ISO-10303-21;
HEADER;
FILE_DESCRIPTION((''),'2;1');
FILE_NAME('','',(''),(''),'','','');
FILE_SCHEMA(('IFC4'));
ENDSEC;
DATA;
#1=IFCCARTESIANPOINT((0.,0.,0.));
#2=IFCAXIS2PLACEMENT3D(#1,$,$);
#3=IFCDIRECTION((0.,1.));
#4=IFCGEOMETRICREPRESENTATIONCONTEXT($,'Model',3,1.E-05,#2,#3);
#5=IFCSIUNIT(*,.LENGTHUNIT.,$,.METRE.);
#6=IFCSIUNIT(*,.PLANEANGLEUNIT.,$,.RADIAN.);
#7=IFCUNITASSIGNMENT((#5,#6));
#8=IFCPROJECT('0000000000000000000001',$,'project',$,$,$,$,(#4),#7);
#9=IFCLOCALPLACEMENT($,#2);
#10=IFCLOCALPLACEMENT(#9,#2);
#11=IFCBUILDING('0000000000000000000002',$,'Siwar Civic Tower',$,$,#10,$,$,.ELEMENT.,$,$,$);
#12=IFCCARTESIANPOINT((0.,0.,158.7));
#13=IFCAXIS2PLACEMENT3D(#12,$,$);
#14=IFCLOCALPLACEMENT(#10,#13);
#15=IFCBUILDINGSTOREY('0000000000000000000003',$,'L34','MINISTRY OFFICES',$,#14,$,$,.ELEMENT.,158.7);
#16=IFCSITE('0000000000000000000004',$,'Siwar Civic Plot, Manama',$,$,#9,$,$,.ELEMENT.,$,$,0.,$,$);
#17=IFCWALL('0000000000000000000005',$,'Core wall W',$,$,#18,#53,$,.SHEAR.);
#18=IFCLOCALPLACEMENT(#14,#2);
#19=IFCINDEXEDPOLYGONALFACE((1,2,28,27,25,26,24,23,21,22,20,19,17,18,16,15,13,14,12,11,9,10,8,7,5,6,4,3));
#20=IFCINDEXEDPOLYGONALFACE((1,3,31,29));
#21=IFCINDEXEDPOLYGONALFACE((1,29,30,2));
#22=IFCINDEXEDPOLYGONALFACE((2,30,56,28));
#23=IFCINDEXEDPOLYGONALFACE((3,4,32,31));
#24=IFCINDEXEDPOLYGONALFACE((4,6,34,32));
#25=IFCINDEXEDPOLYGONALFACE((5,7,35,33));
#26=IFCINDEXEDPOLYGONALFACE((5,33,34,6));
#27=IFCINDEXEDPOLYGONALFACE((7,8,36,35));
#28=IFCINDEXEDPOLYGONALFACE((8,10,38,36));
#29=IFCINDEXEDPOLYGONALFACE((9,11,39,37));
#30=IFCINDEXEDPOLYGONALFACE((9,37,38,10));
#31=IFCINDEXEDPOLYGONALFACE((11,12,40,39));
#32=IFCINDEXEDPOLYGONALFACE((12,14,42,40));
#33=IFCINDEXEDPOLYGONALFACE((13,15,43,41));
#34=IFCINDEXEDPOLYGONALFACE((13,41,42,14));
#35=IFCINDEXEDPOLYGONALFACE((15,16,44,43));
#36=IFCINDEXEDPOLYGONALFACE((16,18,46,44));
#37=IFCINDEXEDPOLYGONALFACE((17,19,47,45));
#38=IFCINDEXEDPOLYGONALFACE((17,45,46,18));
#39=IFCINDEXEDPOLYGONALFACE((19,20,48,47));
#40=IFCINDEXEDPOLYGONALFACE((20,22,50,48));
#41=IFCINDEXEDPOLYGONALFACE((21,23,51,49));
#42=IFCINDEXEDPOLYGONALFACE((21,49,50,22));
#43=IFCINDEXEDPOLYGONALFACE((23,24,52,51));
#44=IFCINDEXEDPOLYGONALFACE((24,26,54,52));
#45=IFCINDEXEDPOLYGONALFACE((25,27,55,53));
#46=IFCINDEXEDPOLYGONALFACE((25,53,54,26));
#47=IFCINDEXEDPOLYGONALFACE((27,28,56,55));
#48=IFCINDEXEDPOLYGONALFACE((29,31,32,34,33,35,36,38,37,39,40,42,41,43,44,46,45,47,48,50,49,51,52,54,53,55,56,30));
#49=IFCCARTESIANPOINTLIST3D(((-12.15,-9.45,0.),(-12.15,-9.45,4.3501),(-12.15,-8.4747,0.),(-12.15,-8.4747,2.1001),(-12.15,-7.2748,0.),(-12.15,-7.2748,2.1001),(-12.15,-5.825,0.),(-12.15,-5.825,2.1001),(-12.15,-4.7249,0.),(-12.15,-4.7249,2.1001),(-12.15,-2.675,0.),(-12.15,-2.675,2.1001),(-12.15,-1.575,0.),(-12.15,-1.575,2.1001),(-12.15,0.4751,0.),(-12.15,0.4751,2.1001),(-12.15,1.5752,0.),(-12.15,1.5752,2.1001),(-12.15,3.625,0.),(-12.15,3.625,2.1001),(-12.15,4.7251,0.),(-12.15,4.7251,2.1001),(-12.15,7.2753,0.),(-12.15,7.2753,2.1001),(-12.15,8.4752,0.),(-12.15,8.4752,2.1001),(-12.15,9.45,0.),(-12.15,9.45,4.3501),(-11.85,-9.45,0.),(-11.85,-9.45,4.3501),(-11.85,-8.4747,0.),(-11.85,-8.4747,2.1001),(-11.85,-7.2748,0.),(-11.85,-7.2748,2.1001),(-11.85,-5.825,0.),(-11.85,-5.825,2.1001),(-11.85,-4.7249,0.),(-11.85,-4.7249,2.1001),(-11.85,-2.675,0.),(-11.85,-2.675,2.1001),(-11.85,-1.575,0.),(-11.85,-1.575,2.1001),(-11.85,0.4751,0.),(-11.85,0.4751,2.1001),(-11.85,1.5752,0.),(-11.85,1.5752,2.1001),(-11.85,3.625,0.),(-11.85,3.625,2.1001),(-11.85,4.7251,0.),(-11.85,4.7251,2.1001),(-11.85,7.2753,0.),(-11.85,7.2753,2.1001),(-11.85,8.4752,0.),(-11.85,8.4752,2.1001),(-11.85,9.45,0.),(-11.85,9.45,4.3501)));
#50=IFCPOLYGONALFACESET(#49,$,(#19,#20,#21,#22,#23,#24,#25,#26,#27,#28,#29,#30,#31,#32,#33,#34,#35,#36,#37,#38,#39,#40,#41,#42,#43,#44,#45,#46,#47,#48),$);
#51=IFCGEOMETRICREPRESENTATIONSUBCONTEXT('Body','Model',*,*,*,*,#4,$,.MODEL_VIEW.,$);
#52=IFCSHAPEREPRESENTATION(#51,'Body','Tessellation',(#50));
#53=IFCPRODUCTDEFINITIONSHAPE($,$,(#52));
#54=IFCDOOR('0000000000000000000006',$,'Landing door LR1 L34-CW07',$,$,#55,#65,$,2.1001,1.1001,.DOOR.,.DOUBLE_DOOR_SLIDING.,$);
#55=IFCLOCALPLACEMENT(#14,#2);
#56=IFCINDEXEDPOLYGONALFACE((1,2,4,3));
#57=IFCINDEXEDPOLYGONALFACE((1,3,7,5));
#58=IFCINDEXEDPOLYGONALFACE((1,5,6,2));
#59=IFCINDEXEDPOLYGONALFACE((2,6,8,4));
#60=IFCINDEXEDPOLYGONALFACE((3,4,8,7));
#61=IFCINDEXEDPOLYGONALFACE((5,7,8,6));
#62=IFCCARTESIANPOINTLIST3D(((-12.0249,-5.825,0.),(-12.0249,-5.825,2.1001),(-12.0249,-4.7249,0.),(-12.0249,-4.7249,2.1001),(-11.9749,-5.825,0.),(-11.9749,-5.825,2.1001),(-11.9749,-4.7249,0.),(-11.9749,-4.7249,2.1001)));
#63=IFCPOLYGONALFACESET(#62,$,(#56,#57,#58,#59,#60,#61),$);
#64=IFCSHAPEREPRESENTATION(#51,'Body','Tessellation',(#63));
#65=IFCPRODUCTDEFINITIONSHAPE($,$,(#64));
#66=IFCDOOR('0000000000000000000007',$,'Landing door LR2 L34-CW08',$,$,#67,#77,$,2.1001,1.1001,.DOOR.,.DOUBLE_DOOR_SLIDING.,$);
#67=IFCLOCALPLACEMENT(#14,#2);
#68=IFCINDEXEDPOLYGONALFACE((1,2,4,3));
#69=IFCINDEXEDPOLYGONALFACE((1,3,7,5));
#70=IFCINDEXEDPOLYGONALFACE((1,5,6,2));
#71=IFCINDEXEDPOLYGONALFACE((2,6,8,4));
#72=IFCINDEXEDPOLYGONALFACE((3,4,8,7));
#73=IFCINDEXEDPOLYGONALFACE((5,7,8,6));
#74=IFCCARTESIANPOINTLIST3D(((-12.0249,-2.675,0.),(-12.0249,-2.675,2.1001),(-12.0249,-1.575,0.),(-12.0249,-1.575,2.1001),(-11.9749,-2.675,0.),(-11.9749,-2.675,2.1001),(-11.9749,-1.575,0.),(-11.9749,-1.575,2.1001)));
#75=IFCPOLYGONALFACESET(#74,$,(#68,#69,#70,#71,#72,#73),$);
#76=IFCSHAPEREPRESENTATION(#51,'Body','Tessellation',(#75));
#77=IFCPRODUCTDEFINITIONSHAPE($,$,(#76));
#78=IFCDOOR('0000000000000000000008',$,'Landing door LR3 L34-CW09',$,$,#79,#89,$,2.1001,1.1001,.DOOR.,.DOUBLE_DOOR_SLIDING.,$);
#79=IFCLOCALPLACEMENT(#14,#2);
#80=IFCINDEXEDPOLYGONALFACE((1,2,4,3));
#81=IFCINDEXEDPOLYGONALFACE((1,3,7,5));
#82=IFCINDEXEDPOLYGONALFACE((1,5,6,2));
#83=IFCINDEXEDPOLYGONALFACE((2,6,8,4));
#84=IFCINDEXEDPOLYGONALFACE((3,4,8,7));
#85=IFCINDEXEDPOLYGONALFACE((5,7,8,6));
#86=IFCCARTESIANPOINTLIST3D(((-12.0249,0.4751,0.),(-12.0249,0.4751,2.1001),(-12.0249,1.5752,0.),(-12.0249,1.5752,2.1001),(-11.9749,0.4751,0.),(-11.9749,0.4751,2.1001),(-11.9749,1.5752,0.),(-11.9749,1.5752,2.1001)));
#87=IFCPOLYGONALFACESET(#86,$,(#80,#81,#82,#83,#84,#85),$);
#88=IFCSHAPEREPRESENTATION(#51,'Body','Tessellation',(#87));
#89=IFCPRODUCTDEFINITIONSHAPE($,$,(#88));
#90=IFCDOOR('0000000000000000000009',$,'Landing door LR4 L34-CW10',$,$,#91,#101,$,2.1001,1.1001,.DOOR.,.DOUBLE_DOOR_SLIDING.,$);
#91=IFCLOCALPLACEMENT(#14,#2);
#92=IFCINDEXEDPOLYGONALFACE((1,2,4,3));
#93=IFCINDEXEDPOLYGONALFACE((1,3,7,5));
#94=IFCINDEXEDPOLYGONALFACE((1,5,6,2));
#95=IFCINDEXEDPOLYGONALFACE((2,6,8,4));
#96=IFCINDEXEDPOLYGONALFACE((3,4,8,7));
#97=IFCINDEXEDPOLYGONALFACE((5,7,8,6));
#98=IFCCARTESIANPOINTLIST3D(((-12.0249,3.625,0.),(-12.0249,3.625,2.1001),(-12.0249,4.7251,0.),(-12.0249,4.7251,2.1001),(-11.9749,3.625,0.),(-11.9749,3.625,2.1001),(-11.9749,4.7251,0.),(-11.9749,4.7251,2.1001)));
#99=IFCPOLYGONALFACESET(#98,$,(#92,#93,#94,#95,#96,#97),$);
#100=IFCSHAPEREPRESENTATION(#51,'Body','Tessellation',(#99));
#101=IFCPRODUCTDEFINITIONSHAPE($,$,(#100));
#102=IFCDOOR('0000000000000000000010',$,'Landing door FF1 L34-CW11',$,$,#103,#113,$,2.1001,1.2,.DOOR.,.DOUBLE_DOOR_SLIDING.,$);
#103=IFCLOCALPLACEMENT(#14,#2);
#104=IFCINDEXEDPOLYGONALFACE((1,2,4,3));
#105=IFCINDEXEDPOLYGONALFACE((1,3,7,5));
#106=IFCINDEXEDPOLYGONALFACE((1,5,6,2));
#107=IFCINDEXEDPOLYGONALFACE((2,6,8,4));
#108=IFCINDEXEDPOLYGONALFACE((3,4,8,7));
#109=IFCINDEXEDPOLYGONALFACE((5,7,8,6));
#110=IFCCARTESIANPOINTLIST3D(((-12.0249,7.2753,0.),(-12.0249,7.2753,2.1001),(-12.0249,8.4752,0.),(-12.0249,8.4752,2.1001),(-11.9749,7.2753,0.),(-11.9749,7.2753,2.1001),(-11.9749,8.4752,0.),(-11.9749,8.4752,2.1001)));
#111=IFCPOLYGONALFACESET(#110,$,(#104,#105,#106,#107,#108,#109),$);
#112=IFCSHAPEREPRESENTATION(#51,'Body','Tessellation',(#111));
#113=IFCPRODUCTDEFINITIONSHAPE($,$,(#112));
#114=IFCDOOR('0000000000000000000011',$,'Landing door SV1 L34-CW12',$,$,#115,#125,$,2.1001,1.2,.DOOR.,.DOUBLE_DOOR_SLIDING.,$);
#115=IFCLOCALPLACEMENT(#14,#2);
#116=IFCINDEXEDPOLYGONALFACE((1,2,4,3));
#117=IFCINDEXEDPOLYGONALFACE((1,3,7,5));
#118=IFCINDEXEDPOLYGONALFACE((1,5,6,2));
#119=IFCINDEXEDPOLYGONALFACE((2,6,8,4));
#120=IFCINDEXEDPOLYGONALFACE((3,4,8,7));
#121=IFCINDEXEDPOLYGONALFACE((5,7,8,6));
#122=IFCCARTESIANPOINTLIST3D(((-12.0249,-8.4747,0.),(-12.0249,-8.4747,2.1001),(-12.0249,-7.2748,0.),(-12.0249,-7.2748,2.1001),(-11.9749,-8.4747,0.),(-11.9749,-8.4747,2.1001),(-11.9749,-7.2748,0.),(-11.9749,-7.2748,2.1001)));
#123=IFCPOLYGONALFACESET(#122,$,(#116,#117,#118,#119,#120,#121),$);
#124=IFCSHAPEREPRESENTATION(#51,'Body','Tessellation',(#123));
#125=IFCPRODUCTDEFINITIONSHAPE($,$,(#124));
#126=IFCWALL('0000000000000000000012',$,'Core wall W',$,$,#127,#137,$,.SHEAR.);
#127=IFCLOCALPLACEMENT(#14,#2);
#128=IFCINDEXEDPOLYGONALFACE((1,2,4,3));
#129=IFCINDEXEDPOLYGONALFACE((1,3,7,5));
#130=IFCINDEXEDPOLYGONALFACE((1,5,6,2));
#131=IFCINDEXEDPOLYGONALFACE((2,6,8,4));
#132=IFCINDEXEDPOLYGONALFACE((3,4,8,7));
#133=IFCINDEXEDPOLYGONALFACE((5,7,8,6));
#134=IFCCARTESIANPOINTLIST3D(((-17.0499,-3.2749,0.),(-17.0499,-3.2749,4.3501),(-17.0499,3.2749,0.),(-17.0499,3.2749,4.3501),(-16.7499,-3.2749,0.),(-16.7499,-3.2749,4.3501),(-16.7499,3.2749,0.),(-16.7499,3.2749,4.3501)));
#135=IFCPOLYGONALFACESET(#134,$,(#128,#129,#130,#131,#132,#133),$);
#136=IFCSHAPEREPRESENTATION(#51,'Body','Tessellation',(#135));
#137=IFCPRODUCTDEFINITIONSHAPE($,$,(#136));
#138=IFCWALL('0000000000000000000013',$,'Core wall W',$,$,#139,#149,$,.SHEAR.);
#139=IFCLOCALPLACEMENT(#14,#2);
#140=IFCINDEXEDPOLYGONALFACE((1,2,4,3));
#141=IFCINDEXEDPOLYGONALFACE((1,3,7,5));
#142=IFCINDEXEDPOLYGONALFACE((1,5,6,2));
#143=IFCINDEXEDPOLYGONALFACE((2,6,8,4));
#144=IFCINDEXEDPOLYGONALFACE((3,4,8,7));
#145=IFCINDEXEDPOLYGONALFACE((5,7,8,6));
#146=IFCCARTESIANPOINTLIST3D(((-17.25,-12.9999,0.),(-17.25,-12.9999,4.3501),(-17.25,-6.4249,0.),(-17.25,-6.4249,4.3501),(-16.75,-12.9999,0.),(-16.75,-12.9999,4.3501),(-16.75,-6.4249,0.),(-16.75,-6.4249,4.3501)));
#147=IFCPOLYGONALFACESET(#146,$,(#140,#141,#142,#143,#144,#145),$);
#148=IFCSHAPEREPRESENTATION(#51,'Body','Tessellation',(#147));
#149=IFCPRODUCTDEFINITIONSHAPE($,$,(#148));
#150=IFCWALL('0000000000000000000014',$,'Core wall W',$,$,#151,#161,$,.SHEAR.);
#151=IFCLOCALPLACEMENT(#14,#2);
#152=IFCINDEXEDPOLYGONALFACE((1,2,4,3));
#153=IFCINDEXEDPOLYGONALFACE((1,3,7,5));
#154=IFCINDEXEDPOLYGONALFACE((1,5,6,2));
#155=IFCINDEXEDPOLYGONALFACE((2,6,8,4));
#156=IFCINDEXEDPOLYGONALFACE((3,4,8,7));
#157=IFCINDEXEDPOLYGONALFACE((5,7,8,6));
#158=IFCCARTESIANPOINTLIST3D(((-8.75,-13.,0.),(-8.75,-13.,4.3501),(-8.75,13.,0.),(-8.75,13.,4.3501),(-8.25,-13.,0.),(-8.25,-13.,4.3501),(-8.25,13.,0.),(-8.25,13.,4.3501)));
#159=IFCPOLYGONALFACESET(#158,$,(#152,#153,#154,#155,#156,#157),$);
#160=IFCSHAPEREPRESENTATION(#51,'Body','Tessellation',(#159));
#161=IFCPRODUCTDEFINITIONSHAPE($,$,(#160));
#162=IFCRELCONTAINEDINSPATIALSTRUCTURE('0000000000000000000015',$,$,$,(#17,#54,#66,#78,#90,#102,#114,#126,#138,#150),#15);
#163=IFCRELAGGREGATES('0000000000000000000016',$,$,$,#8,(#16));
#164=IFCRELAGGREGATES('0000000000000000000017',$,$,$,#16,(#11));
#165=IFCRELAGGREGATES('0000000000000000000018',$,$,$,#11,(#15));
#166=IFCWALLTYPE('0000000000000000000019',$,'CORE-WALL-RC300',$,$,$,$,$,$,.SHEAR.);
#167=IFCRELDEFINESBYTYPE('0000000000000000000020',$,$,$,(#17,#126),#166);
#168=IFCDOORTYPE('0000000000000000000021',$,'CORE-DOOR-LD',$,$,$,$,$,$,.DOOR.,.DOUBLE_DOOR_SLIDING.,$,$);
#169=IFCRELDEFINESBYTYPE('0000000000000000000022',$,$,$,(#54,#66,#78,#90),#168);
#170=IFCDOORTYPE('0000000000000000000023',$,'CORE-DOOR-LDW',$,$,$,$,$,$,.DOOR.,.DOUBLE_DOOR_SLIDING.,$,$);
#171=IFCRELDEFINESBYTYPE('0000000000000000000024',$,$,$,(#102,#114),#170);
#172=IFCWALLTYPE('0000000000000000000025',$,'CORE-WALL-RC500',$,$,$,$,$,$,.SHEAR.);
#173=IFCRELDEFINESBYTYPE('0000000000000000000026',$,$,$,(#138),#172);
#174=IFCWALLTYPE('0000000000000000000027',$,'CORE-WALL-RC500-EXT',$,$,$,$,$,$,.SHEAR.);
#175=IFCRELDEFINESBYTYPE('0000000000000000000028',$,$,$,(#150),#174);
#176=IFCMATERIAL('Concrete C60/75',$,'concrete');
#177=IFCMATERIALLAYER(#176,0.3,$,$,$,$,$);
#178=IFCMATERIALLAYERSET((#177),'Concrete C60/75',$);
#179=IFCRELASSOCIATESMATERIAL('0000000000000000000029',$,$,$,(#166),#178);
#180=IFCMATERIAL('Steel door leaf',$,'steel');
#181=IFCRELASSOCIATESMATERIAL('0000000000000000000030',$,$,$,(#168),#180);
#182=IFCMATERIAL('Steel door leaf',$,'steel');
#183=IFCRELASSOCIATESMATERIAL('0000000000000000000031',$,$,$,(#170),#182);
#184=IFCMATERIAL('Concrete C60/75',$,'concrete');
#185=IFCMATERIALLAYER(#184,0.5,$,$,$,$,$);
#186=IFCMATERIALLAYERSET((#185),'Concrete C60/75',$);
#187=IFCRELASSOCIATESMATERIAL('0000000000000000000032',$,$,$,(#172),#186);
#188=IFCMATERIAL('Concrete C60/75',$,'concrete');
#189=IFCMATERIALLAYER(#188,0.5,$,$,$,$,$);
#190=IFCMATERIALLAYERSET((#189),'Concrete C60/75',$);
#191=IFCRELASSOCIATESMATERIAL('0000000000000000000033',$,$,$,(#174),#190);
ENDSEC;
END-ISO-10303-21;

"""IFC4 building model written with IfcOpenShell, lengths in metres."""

from ifc_helpers import new_model, si_unit, direction, frame, frame_2d, origin, place, context, subcontext, project, spatial, rectangle, extrude, material, layer, layer_set, type_object, element, fill, save


model = new_model("IFC4")

# Units and contexts
model_context = context("Model", 3, precision=1e-05, world=origin(), true_north=direction((0.0, 1.0)))
body_context = subcontext(model_context, "Body", "Model", "MODEL_VIEW")
ifc_project = project(units=[si_unit("LENGTHUNIT", "METRE"), si_unit("PLANEANGLEUNIT", "RADIAN")], contexts=[model_context])

# Site, building, storey
site_placement = place(None, origin())
site = spatial("IfcSite", under=ifc_project, at=site_placement, Name="Siwar Civic Plot, Manama", CompositionType="ELEMENT", RefElevation=0.0)
building_placement = place(site_placement, origin())
building = spatial("IfcBuilding", under=site, at=building_placement, Name="Siwar Civic Tower", CompositionType="ELEMENT")
storey_placement = place(building_placement, frame((0.0, 0.0, 158.7)))
storey = spatial("IfcBuildingStorey", under=building, at=storey_placement, Name="L34", Description="MINISTRY OFFICES", CompositionType="ELEMENT", Elevation=158.7)

# Wall, openings, doors
ifc_material_1 = material(Name="Concrete C60/75", Category="concrete")
ifc_layer_1 = layer(ifc_material_1, 0.3)
ifc_layer_set_1 = layer_set([ifc_layer_1], Name="Concrete C60/75")
wall_type_1 = type_object("IfcWallType", Name="CORE-WALL-RC300", PredefinedType="SHEAR", material=ifc_layer_set_1)
wall_1_placement = place(storey_placement, frame((-12.0, -9.45, 0.0), z_axis=(0.0, 0.0, 1.0), x_axis=(0.0, 1.0, 0.0)))
wall_1 = element("IfcWall", 1, at=wall_1_placement, inside=storey, type_object=wall_type_1, Name="Core wall W", PredefinedType="SHEAR", context=body_context, shape_type="SweptSolid", body=[
    extrude(rectangle(XDim=18.8999, YDim=0.3, at=frame_2d((9.45, 0.0))), origin(), (0.0, 0.0, 1.0), 4.3501),
])
opening_1_placement = place(wall_1_placement, frame((3.625, 0.0, 0.0)))
opening_1 = element("IfcOpeningElement", 2, at=opening_1_placement, cuts=wall_1, PredefinedType="OPENING", context=body_context, shape_type="SweptSolid", body=[
    extrude(rectangle(XDim=1.1001, YDim=2.1001, at=frame_2d((0.55, 1.05))), frame((0.0, 0.1602, 0.0), z_axis=(0.0, -1.0, 0.0), x_axis=(1.0, 0.0, 0.0)), (0.0, 0.0, 1.0), 0.3201),
])
opening_2_placement = place(wall_1_placement, frame((6.7749, 0.0, 0.0)))
opening_2 = element("IfcOpeningElement", 3, at=opening_2_placement, cuts=wall_1, PredefinedType="OPENING", context=body_context, shape_type="SweptSolid", body=[
    extrude(rectangle(XDim=1.1001, YDim=2.1001, at=frame_2d((0.55, 1.05))), frame((0.0, 0.1602, 0.0), z_axis=(0.0, -1.0, 0.0), x_axis=(1.0, 0.0, 0.0)), (0.0, 0.0, 1.0), 0.3201),
])
opening_3_placement = place(wall_1_placement, frame((9.925, 0.0, 0.0)))
opening_3 = element("IfcOpeningElement", 4, at=opening_3_placement, cuts=wall_1, PredefinedType="OPENING", context=body_context, shape_type="SweptSolid", body=[
    extrude(rectangle(XDim=1.1001, YDim=2.1001, at=frame_2d((0.55, 1.05))), frame((0.0, 0.1602, 0.0), z_axis=(0.0, -1.0, 0.0), x_axis=(1.0, 0.0, 0.0)), (0.0, 0.0, 1.0), 0.3201),
])
opening_4_placement = place(wall_1_placement, frame((13.075, 0.0, 0.0)))
opening_4 = element("IfcOpeningElement", 5, at=opening_4_placement, cuts=wall_1, PredefinedType="OPENING", context=body_context, shape_type="SweptSolid", body=[
    extrude(rectangle(XDim=1.1001, YDim=2.1001, at=frame_2d((0.55, 1.05))), frame((0.0, 0.1602, 0.0), z_axis=(0.0, -1.0, 0.0), x_axis=(1.0, 0.0, 0.0)), (0.0, 0.0, 1.0), 0.3201),
])
opening_5_placement = place(wall_1_placement, frame((16.7251, 0.0, 0.0)))
opening_5 = element("IfcOpeningElement", 6, at=opening_5_placement, cuts=wall_1, PredefinedType="OPENING", context=body_context, shape_type="SweptSolid", body=[
    extrude(rectangle(XDim=1.2, YDim=2.1001, at=frame_2d((0.6001, 1.05))), frame((0.0, 0.1602, 0.0), z_axis=(0.0, -1.0, 0.0), x_axis=(1.0, 0.0, 0.0)), (0.0, 0.0, 1.0), 0.3201),
])
opening_6_placement = place(wall_1_placement, frame((0.9751, 0.0, 0.0)))
opening_6 = element("IfcOpeningElement", 7, at=opening_6_placement, cuts=wall_1, PredefinedType="OPENING", context=body_context, shape_type="SweptSolid", body=[
    extrude(rectangle(XDim=1.2, YDim=2.1001, at=frame_2d((0.6001, 1.05))), frame((0.0, 0.1602, 0.0), z_axis=(0.0, -1.0, 0.0), x_axis=(1.0, 0.0, 0.0)), (0.0, 0.0, 1.0), 0.3201),
])
ifc_material_2 = material(Name="Steel door leaf", Category="steel")
door_type_1 = type_object("IfcDoorType", Name="CORE-DOOR-LD", OperationType="DOUBLE_DOOR_SLIDING", PredefinedType="DOOR", material=ifc_material_2)
door_1_placement = place(opening_1_placement, origin())
door_1 = element("IfcDoor", 8, at=door_1_placement, inside=storey, type_object=door_type_1, Name="Landing door LR1 L34-CW07", OperationType="DOUBLE_DOOR_SLIDING", OverallHeight=2.1001, OverallWidth=1.1001, PredefinedType="DOOR", context=body_context, shape_type="SweptSolid", body=[
    extrude(rectangle(XDim=1.1001, YDim=2.1001, at=frame_2d((0.55, 1.05))), frame((0.0, 0.0249, 0.0), z_axis=(0.0, -1.0, 0.0), x_axis=(1.0, 0.0, 0.0)), (0.0, 0.0, 1.0), 0.05),
])
fill(opening_1, door_1)
door_2_placement = place(opening_2_placement, origin())
door_2 = element("IfcDoor", 9, at=door_2_placement, inside=storey, type_object=door_type_1, Name="Landing door LR2 L34-CW08", OperationType="DOUBLE_DOOR_SLIDING", OverallHeight=2.1001, OverallWidth=1.1001, PredefinedType="DOOR", context=body_context, shape_type="SweptSolid", body=[
    extrude(rectangle(XDim=1.1001, YDim=2.1001, at=frame_2d((0.55, 1.05))), frame((0.0, 0.0249, 0.0), z_axis=(0.0, -1.0, 0.0), x_axis=(1.0, 0.0, 0.0)), (0.0, 0.0, 1.0), 0.05),
])
fill(opening_2, door_2)
door_3_placement = place(opening_3_placement, origin())
door_3 = element("IfcDoor", 10, at=door_3_placement, inside=storey, type_object=door_type_1, Name="Landing door LR3 L34-CW09", OperationType="DOUBLE_DOOR_SLIDING", OverallHeight=2.1001, OverallWidth=1.1001, PredefinedType="DOOR", context=body_context, shape_type="SweptSolid", body=[
    extrude(rectangle(XDim=1.1001, YDim=2.1001, at=frame_2d((0.55, 1.05))), frame((0.0, 0.0249, 0.0), z_axis=(0.0, -1.0, 0.0), x_axis=(1.0, 0.0, 0.0)), (0.0, 0.0, 1.0), 0.05),
])
fill(opening_3, door_3)
door_4_placement = place(opening_4_placement, origin())
door_4 = element("IfcDoor", 11, at=door_4_placement, inside=storey, type_object=door_type_1, Name="Landing door LR4 L34-CW10", OperationType="DOUBLE_DOOR_SLIDING", OverallHeight=2.1001, OverallWidth=1.1001, PredefinedType="DOOR", context=body_context, shape_type="SweptSolid", body=[
    extrude(rectangle(XDim=1.1001, YDim=2.1001, at=frame_2d((0.55, 1.05))), frame((0.0, 0.0249, 0.0), z_axis=(0.0, -1.0, 0.0), x_axis=(1.0, 0.0, 0.0)), (0.0, 0.0, 1.0), 0.05),
])
fill(opening_4, door_4)
ifc_material_3 = material(Name="Steel door leaf", Category="steel")
door_type_2 = type_object("IfcDoorType", Name="CORE-DOOR-LDW", OperationType="DOUBLE_DOOR_SLIDING", PredefinedType="DOOR", material=ifc_material_3)
door_5_placement = place(opening_5_placement, origin())
door_5 = element("IfcDoor", 12, at=door_5_placement, inside=storey, type_object=door_type_2, Name="Landing door FF1 L34-CW11", OperationType="DOUBLE_DOOR_SLIDING", OverallHeight=2.1001, OverallWidth=1.2, PredefinedType="DOOR", context=body_context, shape_type="SweptSolid", body=[
    extrude(rectangle(XDim=1.2, YDim=2.1001, at=frame_2d((0.6001, 1.05))), frame((0.0, 0.0249, 0.0), z_axis=(0.0, -1.0, 0.0), x_axis=(1.0, 0.0, 0.0)), (0.0, 0.0, 1.0), 0.05),
])
fill(opening_5, door_5)
door_6_placement = place(opening_6_placement, origin())
door_6 = element("IfcDoor", 13, at=door_6_placement, inside=storey, type_object=door_type_2, Name="Landing door SV1 L34-CW12", OperationType="DOUBLE_DOOR_SLIDING", OverallHeight=2.1001, OverallWidth=1.2, PredefinedType="DOOR", context=body_context, shape_type="SweptSolid", body=[
    extrude(rectangle(XDim=1.2, YDim=2.1001, at=frame_2d((0.6001, 1.05))), frame((0.0, 0.0249, 0.0), z_axis=(0.0, -1.0, 0.0), x_axis=(1.0, 0.0, 0.0)), (0.0, 0.0, 1.0), 0.05),
])
fill(opening_6, door_6)

# Walls
wall_2_placement = place(storey_placement, frame((-16.8999, -3.2749, 0.0), z_axis=(0.0, 0.0, 1.0), x_axis=(0.0, 1.0, 0.0)))
element("IfcWall", 14, at=wall_2_placement, inside=storey, type_object=wall_type_1, Name="Core wall W", PredefinedType="SHEAR", context=body_context, shape_type="SweptSolid", body=[
    extrude(rectangle(XDim=6.5498, YDim=0.3, at=frame_2d((3.2749, 0.0))), origin(), (0.0, 0.0, 1.0), 4.3501),
])
ifc_material_4 = material(Name="Concrete C60/75", Category="concrete")
ifc_layer_2 = layer(ifc_material_4, 0.5)
ifc_layer_set_2 = layer_set([ifc_layer_2], Name="Concrete C60/75")
wall_type_2 = type_object("IfcWallType", Name="CORE-WALL-RC500", PredefinedType="SHEAR", material=ifc_layer_set_2)
wall_3_placement = place(storey_placement, frame((-17.0, -13.0, 0.0), z_axis=(0.0, 0.0, 1.0), x_axis=(0.0, 1.0, 0.0)))
element("IfcWall", 15, at=wall_3_placement, inside=storey, type_object=wall_type_2, Name="Core wall W", PredefinedType="SHEAR", context=body_context, shape_type="SweptSolid", body=[
    extrude(rectangle(XDim=6.575, YDim=0.5, at=frame_2d((3.2876, 0.0))), origin(), (0.0, 0.0, 1.0), 4.3501),
])
ifc_material_5 = material(Name="Concrete C60/75", Category="concrete")
ifc_layer_3 = layer(ifc_material_5, 0.5)
ifc_layer_set_3 = layer_set([ifc_layer_3], Name="Concrete C60/75")
wall_type_3 = type_object("IfcWallType", Name="CORE-WALL-RC500-EXT", PredefinedType="SHEAR", material=ifc_layer_set_3)
wall_4_placement = place(storey_placement, frame((-8.5, -13.0, 0.0), z_axis=(0.0, 0.0, 1.0), x_axis=(0.0, 1.0, 0.0)))
element("IfcWall", 16, at=wall_4_placement, inside=storey, type_object=wall_type_3, Name="Core wall W", PredefinedType="SHEAR", context=body_context, shape_type="SweptSolid", body=[
    extrude(rectangle(XDim=26.0, YDim=0.5, at=frame_2d((13.0, 0.0))), origin(), (0.0, 0.0, 1.0), 4.3501),
])

save(model, "model.ifc")
